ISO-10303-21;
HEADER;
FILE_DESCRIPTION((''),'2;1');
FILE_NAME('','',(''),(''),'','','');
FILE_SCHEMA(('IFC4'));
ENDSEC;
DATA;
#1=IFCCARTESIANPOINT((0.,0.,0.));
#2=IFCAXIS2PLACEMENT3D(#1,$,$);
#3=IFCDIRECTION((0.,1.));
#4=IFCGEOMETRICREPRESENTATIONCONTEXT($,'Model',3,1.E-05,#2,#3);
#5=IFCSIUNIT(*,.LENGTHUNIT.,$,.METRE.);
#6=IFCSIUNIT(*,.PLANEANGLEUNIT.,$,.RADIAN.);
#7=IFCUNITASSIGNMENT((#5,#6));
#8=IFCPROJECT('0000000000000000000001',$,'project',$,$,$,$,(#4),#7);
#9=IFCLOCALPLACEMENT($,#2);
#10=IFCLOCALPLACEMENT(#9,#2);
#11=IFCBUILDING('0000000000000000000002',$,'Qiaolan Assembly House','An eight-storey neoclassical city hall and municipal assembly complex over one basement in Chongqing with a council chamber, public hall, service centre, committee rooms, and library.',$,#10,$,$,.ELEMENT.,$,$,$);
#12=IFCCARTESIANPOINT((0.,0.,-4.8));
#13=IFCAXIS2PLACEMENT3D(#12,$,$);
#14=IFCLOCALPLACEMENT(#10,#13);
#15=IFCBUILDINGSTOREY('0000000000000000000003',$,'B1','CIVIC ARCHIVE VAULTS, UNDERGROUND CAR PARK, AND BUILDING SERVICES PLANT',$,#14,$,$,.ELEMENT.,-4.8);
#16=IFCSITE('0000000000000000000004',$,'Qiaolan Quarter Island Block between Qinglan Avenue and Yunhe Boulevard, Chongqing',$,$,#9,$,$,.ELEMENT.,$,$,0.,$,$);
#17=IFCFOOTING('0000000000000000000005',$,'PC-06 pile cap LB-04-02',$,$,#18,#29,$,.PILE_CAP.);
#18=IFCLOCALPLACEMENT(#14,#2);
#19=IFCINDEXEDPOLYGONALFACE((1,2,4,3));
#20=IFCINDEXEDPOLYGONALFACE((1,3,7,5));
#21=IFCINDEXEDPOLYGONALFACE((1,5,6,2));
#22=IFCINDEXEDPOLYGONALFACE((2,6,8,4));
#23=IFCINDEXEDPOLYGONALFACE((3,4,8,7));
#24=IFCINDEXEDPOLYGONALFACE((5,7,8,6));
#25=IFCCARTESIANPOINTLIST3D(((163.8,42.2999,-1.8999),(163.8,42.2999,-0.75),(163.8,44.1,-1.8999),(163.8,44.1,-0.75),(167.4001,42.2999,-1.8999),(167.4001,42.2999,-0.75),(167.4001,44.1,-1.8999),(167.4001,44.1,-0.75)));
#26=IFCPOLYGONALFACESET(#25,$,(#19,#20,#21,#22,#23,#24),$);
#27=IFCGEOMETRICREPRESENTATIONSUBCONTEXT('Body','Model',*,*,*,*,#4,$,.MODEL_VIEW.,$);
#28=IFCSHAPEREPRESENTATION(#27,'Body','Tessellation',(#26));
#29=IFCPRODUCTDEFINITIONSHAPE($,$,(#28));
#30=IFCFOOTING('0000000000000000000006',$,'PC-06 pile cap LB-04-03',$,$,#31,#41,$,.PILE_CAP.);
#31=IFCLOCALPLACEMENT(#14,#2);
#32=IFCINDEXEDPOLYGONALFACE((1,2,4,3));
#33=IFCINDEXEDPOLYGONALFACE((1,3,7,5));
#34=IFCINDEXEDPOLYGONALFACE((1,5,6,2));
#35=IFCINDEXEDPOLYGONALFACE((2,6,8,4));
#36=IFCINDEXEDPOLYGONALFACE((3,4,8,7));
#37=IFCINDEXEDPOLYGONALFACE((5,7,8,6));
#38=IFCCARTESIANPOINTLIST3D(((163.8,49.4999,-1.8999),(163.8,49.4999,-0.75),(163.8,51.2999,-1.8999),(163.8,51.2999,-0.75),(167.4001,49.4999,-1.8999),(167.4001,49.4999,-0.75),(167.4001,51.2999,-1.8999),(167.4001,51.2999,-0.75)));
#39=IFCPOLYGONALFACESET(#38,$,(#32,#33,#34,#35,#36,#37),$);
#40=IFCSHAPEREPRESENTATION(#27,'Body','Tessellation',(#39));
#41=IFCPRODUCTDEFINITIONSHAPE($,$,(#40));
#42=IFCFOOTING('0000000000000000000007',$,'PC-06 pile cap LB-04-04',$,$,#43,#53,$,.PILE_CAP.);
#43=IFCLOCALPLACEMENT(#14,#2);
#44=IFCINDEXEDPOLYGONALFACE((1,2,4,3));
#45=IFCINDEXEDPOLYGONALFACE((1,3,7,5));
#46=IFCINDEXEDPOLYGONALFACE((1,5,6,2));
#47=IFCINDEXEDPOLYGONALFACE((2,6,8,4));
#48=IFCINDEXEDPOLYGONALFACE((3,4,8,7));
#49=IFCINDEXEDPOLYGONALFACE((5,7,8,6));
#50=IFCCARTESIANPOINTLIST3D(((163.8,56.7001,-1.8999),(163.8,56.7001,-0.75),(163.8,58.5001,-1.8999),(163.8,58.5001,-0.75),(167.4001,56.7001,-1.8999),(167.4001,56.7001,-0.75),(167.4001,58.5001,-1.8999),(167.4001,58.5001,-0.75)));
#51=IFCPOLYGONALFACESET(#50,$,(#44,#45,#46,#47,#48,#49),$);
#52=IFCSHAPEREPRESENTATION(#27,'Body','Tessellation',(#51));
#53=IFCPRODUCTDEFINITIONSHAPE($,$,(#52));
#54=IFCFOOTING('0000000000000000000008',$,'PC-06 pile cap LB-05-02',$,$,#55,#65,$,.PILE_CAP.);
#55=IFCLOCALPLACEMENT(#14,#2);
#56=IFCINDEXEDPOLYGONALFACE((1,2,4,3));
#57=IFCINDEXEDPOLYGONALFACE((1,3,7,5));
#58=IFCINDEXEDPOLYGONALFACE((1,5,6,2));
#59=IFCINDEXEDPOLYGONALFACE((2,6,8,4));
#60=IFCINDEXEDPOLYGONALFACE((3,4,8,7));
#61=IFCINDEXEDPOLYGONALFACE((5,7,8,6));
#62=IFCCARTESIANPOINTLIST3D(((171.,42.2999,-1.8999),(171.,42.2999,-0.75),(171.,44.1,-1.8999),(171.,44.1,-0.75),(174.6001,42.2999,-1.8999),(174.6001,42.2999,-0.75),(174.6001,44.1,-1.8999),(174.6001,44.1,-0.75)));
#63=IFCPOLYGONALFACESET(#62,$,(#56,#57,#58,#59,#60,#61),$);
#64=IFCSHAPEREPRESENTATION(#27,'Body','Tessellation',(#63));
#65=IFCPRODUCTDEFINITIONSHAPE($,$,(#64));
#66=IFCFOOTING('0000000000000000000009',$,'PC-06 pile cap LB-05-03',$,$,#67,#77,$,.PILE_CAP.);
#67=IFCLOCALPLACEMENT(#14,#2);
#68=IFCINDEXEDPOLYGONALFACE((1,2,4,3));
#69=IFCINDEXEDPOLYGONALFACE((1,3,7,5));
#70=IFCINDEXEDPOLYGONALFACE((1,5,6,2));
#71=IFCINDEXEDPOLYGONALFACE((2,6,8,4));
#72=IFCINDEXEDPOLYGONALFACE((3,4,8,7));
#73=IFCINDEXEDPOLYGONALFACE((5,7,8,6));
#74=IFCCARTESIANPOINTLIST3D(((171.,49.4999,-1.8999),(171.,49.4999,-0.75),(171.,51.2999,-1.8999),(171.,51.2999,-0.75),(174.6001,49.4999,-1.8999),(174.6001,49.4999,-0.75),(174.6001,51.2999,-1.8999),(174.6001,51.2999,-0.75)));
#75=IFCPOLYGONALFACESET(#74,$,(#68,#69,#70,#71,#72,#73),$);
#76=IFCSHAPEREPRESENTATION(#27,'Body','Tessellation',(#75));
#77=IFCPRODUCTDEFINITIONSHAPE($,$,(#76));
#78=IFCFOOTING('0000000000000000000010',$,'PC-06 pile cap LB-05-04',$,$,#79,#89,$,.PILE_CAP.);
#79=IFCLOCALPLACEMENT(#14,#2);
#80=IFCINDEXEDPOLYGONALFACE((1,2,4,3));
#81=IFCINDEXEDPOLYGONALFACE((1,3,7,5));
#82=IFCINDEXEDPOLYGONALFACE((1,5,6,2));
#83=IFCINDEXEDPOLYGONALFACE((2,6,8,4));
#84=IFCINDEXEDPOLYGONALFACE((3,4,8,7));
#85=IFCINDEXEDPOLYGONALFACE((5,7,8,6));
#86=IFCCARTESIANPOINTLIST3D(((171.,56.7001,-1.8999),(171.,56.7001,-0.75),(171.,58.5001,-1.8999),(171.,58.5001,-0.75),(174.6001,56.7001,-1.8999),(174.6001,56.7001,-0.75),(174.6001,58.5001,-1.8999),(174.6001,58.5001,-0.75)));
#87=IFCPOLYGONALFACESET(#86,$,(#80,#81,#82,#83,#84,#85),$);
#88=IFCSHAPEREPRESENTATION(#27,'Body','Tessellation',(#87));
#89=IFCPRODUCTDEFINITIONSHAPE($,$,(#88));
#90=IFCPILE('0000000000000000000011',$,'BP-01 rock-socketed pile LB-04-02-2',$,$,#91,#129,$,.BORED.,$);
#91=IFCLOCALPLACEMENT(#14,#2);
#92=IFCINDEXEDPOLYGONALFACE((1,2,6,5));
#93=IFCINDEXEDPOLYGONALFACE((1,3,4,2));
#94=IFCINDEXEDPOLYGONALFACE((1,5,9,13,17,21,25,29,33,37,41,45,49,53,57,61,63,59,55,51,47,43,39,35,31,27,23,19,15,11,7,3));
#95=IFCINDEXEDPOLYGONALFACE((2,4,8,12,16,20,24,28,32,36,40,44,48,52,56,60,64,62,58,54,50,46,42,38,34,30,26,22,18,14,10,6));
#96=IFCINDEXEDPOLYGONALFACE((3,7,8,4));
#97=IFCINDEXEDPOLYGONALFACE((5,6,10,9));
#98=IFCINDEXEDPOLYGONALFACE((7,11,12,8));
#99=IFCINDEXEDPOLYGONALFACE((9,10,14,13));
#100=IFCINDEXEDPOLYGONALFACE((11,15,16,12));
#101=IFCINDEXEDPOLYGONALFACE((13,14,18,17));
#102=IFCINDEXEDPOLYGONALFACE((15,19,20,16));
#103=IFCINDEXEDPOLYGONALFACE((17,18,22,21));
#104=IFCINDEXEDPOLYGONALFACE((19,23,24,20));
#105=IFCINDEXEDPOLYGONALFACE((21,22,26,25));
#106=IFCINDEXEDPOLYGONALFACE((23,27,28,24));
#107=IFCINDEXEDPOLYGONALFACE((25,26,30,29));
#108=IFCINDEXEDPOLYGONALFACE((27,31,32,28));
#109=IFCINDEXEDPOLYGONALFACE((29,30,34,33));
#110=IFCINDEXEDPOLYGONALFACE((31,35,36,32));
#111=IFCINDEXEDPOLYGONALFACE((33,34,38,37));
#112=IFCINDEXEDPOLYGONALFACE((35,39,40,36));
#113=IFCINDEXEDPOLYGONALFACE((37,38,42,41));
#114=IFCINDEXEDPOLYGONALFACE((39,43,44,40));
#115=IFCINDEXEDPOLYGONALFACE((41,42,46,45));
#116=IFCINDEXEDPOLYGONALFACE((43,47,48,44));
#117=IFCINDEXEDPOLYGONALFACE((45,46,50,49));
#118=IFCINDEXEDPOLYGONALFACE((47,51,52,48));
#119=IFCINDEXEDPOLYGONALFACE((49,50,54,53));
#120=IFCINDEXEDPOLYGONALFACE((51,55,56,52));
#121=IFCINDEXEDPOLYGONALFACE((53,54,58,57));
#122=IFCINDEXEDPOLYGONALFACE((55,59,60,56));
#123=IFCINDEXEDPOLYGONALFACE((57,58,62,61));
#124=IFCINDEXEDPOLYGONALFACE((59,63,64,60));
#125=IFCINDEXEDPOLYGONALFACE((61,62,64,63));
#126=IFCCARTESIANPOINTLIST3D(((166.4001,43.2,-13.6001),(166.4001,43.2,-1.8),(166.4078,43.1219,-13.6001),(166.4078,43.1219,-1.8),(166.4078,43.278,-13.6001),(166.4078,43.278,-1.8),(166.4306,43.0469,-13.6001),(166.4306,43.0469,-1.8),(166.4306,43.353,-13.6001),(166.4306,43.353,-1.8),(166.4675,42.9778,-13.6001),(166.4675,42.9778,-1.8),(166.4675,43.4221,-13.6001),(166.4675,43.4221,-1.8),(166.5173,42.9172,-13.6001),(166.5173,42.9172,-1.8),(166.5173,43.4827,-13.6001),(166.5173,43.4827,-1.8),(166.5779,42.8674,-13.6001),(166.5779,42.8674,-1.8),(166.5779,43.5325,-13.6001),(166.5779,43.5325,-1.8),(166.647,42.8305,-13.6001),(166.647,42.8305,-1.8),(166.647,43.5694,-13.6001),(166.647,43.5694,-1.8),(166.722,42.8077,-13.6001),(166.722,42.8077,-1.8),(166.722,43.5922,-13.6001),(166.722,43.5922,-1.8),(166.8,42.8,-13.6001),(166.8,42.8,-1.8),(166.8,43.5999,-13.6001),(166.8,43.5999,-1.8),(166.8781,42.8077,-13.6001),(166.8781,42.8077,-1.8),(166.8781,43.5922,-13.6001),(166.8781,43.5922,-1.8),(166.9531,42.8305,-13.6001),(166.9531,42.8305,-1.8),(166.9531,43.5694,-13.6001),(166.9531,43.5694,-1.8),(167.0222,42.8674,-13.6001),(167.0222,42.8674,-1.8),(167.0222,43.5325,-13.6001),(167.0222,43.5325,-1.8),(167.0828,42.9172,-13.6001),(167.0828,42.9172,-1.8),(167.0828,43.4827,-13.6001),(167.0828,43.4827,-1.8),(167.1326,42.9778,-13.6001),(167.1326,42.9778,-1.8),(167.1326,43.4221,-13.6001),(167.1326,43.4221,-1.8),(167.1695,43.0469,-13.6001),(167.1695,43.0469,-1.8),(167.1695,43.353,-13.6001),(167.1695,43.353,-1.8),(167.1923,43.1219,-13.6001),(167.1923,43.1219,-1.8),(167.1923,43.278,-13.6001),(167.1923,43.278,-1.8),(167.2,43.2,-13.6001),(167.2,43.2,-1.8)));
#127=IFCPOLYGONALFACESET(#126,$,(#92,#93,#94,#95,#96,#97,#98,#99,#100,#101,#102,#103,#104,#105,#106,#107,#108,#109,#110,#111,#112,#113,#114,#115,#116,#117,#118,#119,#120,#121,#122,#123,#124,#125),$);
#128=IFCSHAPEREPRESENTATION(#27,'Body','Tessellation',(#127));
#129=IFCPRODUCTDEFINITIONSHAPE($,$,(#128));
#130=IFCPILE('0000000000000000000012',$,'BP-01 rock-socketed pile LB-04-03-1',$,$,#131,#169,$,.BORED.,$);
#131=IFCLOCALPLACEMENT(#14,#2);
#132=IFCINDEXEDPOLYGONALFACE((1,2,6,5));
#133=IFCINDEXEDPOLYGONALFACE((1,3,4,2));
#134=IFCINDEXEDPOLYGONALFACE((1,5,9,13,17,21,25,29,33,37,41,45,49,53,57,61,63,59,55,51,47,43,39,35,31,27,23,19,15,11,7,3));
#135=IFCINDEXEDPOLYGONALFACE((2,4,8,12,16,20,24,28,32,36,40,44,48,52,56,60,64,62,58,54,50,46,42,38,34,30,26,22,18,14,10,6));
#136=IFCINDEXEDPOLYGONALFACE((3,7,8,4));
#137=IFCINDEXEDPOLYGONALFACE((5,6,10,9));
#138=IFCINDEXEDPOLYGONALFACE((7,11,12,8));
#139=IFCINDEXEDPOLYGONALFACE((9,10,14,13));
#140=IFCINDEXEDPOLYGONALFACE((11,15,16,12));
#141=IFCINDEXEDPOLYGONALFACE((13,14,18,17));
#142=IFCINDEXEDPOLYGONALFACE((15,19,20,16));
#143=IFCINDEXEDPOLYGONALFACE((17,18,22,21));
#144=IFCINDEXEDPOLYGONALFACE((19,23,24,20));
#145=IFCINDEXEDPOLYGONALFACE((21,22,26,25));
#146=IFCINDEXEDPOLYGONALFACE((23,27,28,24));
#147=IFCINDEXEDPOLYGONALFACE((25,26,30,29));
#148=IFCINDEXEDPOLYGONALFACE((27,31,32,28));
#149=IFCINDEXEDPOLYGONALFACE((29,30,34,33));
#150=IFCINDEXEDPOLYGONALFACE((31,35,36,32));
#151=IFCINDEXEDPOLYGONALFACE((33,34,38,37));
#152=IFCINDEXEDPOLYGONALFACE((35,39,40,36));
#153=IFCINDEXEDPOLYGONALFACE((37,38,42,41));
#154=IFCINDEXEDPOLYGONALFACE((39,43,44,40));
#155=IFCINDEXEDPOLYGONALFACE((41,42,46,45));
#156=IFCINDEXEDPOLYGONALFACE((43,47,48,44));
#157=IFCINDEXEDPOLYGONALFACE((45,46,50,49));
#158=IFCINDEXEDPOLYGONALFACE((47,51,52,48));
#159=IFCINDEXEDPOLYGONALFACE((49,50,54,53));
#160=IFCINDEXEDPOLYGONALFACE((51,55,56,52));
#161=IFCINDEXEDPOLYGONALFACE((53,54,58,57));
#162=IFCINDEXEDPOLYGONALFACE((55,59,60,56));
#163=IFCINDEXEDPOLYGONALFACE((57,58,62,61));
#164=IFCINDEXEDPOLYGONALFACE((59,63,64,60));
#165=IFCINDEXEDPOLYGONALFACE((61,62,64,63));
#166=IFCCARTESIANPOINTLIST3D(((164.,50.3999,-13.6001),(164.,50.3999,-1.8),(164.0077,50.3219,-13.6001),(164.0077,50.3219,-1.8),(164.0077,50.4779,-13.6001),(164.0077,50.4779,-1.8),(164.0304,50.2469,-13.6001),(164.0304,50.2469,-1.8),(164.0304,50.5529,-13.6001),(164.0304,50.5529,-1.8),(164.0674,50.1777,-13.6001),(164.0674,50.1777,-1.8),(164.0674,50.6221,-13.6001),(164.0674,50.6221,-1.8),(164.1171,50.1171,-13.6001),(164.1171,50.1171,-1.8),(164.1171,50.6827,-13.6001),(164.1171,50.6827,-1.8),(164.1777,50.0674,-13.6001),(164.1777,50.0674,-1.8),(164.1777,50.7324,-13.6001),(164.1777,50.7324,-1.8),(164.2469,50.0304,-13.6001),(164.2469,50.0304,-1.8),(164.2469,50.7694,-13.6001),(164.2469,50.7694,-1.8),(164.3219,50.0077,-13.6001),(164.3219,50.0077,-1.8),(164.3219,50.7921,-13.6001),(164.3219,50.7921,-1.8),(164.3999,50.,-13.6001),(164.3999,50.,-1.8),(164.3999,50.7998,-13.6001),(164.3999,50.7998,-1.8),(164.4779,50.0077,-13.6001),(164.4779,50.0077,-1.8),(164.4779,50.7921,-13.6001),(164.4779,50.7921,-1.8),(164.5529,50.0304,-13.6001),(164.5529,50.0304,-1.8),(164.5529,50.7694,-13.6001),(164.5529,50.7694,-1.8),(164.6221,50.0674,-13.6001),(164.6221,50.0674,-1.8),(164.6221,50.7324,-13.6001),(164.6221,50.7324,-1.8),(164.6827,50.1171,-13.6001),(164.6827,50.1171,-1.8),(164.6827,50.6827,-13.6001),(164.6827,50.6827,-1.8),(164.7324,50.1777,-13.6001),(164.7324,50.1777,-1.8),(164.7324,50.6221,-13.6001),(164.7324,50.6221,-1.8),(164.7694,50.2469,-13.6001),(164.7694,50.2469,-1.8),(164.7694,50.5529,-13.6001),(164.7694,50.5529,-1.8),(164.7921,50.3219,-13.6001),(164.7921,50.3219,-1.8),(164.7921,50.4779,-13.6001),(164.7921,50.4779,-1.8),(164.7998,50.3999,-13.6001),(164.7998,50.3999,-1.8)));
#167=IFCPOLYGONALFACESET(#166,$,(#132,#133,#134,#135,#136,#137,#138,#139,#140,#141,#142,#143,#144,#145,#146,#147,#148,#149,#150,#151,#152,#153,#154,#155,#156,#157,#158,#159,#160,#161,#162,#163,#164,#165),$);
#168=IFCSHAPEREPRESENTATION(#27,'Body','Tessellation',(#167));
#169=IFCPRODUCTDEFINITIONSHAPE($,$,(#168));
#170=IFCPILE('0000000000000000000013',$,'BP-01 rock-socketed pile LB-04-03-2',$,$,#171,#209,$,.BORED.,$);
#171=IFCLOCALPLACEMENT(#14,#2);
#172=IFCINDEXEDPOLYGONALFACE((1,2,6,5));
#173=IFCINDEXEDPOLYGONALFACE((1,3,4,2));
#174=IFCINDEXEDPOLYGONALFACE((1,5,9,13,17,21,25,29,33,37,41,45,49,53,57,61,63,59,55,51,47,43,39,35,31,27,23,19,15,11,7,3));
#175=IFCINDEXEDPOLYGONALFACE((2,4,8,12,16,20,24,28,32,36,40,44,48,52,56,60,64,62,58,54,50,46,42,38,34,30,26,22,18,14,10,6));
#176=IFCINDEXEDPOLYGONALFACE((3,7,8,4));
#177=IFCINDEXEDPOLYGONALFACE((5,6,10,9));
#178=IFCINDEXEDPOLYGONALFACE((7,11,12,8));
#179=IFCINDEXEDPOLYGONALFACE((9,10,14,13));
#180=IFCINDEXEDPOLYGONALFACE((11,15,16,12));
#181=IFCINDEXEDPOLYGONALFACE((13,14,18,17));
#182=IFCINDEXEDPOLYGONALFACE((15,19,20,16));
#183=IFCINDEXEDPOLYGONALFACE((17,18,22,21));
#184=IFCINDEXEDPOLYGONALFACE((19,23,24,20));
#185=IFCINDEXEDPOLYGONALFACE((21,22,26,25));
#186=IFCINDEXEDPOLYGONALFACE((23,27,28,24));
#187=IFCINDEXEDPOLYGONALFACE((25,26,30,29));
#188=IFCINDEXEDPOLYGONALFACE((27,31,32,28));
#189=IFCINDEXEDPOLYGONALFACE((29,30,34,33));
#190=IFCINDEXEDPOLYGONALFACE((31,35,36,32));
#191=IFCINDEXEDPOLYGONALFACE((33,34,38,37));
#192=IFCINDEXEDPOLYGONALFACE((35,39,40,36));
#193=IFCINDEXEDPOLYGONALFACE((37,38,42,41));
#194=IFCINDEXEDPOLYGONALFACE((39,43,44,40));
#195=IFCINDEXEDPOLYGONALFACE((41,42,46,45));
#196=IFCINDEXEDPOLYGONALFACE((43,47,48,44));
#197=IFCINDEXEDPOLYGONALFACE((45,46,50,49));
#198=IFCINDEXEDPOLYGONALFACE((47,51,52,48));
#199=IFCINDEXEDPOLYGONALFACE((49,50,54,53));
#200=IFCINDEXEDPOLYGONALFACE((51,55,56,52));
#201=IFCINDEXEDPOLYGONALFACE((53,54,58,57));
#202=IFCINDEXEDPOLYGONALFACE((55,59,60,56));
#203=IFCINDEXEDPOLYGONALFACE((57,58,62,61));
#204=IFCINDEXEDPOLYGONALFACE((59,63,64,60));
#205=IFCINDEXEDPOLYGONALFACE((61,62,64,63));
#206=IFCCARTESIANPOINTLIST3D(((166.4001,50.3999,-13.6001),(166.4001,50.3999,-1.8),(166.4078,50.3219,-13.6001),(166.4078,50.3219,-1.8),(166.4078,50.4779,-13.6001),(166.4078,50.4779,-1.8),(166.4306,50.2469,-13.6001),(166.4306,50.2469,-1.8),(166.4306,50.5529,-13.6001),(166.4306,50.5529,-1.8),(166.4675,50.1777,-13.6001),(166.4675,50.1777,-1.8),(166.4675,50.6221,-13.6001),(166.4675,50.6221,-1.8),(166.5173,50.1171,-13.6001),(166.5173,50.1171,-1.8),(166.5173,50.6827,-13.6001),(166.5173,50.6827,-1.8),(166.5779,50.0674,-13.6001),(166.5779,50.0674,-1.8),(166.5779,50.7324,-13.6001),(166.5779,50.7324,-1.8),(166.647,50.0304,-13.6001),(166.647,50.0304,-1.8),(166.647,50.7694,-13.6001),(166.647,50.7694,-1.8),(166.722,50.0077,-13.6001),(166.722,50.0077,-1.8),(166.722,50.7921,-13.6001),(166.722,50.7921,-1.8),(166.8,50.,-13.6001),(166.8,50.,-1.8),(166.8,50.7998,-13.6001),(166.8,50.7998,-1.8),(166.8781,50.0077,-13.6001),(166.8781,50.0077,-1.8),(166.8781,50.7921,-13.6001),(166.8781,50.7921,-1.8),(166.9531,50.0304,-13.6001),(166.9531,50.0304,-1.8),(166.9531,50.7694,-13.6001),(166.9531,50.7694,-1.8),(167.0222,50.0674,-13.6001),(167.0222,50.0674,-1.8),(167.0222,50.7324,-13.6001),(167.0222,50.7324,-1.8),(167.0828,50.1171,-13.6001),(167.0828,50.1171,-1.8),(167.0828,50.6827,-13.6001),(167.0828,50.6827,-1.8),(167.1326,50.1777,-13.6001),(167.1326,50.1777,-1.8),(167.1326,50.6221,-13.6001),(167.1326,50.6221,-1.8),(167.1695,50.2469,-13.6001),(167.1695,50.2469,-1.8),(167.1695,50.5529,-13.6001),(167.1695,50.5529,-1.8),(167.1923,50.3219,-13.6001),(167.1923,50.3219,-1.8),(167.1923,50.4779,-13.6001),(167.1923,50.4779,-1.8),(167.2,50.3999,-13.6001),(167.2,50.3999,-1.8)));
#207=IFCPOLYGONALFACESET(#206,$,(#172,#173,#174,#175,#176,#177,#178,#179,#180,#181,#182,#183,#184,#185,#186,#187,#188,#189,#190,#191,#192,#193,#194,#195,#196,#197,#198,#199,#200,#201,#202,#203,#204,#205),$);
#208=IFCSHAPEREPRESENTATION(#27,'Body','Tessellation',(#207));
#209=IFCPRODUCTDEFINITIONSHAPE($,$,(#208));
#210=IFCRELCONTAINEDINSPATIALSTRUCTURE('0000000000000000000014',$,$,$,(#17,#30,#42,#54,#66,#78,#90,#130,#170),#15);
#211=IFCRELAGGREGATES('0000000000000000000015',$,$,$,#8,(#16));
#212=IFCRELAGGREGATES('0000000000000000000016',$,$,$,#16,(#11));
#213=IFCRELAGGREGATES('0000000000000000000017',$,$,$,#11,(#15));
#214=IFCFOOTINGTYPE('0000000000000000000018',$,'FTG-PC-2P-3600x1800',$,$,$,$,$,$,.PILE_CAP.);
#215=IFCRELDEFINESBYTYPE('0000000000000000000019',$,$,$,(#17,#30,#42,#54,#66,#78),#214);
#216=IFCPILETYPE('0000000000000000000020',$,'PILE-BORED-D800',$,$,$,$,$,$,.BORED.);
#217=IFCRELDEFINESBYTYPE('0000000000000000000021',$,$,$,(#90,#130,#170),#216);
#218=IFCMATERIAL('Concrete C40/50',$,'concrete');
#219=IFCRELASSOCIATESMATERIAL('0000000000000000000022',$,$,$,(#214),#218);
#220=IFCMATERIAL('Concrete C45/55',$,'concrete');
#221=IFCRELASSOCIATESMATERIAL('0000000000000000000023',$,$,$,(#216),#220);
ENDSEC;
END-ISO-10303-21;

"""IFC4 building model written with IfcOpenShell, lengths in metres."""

from ifc_helpers import new_model, si_unit, direction, frame, origin, origin_2d, place, context, subcontext, project, spatial, rectangle, circle, extrude, material, material_profile, profile_set, type_object, element, save


model = new_model("IFC4")

# Units and contexts
model_context = context("Model", 3, precision=1e-05, world=origin(), true_north=direction((0.0, 1.0)))
body_context = subcontext(model_context, "Body", "Model", "MODEL_VIEW")
ifc_project = project(units=[si_unit("LENGTHUNIT", "METRE"), si_unit("PLANEANGLEUNIT", "RADIAN")], contexts=[model_context])

# Site, building, storey
site_placement = place(None, origin())
site = spatial("IfcSite", under=ifc_project, at=site_placement, Name="Qiaolan Quarter Island Block between Qinglan Avenue and Yunhe Boulevard, Chongqing", CompositionType="ELEMENT", RefElevation=0.0)
building_placement = place(site_placement, origin())
building = spatial("IfcBuilding", under=site, at=building_placement, Name="Qiaolan Assembly House", Description="An eight-storey neoclassical city hall and municipal assembly complex over one basement in Chongqing with a council chamber, public hall, service centre, committee rooms, and library.", CompositionType="ELEMENT")
storey_placement = place(building_placement, frame((0.0, 0.0, -4.8)))
storey = spatial("IfcBuildingStorey", under=building, at=storey_placement, Name="B1", Description="CIVIC ARCHIVE VAULTS, UNDERGROUND CAR PARK, AND BUILDING SERVICES PLANT", CompositionType="ELEMENT", Elevation=-4.8)

# Footings
ifc_material_1 = material(Name="Concrete C40/50", Category="concrete")
footing_type = type_object("IfcFootingType", Name="FTG-PC-2P-3600x1800", PredefinedType="PILE_CAP", material=ifc_material_1)
for number, where, z_axis, x_axis, name in (
    (1, (165.6001, 43.2, -1.8999), (0.0, 0.0, 1.0), (1.0, 0.0, 0.0), "PC-06 pile cap LB-04-02"),
    (2, (165.6001, 50.3999, -1.8999), (0.0, 0.0, 1.0), (1.0, 0.0, 0.0), "PC-06 pile cap LB-04-03"),
    (3, (165.6001, 57.6001, -1.8999), (0.0, 0.0, 1.0), (1.0, 0.0, 0.0), "PC-06 pile cap LB-04-04"),
    (4, (172.8, 43.2, -1.8999), (0.0, 0.0, 1.0), (1.0, 0.0, 0.0), "PC-06 pile cap LB-05-02"),
    (5, (172.8, 50.3999, -1.8999), (0.0, 0.0, 1.0), (1.0, 0.0, 0.0), "PC-06 pile cap LB-05-03"),
    (6, (172.8, 57.6001, -1.8999), (0.0, 0.0, 1.0), (1.0, 0.0, 0.0), "PC-06 pile cap LB-05-04"),
):
    element("IfcFooting", number, at=place(storey_placement, frame(where, z_axis=z_axis, x_axis=x_axis)), inside=storey, type_object=footing_type, Name=name, PredefinedType="PILE_CAP", context=body_context, shape_type="SweptSolid", body=[
        extrude(rectangle(XDim=3.6001, YDim=1.8, at=origin_2d()), origin(), (0.0, 0.0, 1.0), 1.1499),
    ])

# Piles
ifc_material_2 = material(Name="Concrete C45/55", Category="concrete")
ifc_material_profile_1 = material_profile(ifc_material_2, circle(Radius=0.3999, at=origin_2d()), Name="PILE D800")
ifc_profile_set_1 = profile_set([ifc_material_profile_1], Name="Concrete C45/55")
pile_type = type_object("IfcPileType", Name="PILE-BORED-D800", PredefinedType="BORED", material=ifc_profile_set_1)
for number, where, z_axis, x_axis, name in (
    (7, (166.8, 43.2, -1.8), (0.0, 0.0, -1.0), (1.0, 0.0, 0.0), "BP-01 rock-socketed pile LB-04-02-2"),
    (8, (164.3999, 50.3999, -1.8), (0.0, 0.0, -1.0), (1.0, 0.0, 0.0), "BP-01 rock-socketed pile LB-04-03-1"),
    (9, (166.8, 50.3999, -1.8), (0.0, 0.0, -1.0), (1.0, 0.0, 0.0), "BP-01 rock-socketed pile LB-04-03-2"),
):
    element("IfcPile", number, at=place(storey_placement, frame(where, z_axis=z_axis, x_axis=x_axis)), inside=storey, type_object=pile_type, Name=name, PredefinedType="BORED", context=body_context, shape_type="SweptSolid", body=[
        extrude(circle(Radius=0.3999, at=origin_2d()), origin(), (0.0, 0.0, 1.0), 11.8),
    ])

save(model, "model.ifc")
